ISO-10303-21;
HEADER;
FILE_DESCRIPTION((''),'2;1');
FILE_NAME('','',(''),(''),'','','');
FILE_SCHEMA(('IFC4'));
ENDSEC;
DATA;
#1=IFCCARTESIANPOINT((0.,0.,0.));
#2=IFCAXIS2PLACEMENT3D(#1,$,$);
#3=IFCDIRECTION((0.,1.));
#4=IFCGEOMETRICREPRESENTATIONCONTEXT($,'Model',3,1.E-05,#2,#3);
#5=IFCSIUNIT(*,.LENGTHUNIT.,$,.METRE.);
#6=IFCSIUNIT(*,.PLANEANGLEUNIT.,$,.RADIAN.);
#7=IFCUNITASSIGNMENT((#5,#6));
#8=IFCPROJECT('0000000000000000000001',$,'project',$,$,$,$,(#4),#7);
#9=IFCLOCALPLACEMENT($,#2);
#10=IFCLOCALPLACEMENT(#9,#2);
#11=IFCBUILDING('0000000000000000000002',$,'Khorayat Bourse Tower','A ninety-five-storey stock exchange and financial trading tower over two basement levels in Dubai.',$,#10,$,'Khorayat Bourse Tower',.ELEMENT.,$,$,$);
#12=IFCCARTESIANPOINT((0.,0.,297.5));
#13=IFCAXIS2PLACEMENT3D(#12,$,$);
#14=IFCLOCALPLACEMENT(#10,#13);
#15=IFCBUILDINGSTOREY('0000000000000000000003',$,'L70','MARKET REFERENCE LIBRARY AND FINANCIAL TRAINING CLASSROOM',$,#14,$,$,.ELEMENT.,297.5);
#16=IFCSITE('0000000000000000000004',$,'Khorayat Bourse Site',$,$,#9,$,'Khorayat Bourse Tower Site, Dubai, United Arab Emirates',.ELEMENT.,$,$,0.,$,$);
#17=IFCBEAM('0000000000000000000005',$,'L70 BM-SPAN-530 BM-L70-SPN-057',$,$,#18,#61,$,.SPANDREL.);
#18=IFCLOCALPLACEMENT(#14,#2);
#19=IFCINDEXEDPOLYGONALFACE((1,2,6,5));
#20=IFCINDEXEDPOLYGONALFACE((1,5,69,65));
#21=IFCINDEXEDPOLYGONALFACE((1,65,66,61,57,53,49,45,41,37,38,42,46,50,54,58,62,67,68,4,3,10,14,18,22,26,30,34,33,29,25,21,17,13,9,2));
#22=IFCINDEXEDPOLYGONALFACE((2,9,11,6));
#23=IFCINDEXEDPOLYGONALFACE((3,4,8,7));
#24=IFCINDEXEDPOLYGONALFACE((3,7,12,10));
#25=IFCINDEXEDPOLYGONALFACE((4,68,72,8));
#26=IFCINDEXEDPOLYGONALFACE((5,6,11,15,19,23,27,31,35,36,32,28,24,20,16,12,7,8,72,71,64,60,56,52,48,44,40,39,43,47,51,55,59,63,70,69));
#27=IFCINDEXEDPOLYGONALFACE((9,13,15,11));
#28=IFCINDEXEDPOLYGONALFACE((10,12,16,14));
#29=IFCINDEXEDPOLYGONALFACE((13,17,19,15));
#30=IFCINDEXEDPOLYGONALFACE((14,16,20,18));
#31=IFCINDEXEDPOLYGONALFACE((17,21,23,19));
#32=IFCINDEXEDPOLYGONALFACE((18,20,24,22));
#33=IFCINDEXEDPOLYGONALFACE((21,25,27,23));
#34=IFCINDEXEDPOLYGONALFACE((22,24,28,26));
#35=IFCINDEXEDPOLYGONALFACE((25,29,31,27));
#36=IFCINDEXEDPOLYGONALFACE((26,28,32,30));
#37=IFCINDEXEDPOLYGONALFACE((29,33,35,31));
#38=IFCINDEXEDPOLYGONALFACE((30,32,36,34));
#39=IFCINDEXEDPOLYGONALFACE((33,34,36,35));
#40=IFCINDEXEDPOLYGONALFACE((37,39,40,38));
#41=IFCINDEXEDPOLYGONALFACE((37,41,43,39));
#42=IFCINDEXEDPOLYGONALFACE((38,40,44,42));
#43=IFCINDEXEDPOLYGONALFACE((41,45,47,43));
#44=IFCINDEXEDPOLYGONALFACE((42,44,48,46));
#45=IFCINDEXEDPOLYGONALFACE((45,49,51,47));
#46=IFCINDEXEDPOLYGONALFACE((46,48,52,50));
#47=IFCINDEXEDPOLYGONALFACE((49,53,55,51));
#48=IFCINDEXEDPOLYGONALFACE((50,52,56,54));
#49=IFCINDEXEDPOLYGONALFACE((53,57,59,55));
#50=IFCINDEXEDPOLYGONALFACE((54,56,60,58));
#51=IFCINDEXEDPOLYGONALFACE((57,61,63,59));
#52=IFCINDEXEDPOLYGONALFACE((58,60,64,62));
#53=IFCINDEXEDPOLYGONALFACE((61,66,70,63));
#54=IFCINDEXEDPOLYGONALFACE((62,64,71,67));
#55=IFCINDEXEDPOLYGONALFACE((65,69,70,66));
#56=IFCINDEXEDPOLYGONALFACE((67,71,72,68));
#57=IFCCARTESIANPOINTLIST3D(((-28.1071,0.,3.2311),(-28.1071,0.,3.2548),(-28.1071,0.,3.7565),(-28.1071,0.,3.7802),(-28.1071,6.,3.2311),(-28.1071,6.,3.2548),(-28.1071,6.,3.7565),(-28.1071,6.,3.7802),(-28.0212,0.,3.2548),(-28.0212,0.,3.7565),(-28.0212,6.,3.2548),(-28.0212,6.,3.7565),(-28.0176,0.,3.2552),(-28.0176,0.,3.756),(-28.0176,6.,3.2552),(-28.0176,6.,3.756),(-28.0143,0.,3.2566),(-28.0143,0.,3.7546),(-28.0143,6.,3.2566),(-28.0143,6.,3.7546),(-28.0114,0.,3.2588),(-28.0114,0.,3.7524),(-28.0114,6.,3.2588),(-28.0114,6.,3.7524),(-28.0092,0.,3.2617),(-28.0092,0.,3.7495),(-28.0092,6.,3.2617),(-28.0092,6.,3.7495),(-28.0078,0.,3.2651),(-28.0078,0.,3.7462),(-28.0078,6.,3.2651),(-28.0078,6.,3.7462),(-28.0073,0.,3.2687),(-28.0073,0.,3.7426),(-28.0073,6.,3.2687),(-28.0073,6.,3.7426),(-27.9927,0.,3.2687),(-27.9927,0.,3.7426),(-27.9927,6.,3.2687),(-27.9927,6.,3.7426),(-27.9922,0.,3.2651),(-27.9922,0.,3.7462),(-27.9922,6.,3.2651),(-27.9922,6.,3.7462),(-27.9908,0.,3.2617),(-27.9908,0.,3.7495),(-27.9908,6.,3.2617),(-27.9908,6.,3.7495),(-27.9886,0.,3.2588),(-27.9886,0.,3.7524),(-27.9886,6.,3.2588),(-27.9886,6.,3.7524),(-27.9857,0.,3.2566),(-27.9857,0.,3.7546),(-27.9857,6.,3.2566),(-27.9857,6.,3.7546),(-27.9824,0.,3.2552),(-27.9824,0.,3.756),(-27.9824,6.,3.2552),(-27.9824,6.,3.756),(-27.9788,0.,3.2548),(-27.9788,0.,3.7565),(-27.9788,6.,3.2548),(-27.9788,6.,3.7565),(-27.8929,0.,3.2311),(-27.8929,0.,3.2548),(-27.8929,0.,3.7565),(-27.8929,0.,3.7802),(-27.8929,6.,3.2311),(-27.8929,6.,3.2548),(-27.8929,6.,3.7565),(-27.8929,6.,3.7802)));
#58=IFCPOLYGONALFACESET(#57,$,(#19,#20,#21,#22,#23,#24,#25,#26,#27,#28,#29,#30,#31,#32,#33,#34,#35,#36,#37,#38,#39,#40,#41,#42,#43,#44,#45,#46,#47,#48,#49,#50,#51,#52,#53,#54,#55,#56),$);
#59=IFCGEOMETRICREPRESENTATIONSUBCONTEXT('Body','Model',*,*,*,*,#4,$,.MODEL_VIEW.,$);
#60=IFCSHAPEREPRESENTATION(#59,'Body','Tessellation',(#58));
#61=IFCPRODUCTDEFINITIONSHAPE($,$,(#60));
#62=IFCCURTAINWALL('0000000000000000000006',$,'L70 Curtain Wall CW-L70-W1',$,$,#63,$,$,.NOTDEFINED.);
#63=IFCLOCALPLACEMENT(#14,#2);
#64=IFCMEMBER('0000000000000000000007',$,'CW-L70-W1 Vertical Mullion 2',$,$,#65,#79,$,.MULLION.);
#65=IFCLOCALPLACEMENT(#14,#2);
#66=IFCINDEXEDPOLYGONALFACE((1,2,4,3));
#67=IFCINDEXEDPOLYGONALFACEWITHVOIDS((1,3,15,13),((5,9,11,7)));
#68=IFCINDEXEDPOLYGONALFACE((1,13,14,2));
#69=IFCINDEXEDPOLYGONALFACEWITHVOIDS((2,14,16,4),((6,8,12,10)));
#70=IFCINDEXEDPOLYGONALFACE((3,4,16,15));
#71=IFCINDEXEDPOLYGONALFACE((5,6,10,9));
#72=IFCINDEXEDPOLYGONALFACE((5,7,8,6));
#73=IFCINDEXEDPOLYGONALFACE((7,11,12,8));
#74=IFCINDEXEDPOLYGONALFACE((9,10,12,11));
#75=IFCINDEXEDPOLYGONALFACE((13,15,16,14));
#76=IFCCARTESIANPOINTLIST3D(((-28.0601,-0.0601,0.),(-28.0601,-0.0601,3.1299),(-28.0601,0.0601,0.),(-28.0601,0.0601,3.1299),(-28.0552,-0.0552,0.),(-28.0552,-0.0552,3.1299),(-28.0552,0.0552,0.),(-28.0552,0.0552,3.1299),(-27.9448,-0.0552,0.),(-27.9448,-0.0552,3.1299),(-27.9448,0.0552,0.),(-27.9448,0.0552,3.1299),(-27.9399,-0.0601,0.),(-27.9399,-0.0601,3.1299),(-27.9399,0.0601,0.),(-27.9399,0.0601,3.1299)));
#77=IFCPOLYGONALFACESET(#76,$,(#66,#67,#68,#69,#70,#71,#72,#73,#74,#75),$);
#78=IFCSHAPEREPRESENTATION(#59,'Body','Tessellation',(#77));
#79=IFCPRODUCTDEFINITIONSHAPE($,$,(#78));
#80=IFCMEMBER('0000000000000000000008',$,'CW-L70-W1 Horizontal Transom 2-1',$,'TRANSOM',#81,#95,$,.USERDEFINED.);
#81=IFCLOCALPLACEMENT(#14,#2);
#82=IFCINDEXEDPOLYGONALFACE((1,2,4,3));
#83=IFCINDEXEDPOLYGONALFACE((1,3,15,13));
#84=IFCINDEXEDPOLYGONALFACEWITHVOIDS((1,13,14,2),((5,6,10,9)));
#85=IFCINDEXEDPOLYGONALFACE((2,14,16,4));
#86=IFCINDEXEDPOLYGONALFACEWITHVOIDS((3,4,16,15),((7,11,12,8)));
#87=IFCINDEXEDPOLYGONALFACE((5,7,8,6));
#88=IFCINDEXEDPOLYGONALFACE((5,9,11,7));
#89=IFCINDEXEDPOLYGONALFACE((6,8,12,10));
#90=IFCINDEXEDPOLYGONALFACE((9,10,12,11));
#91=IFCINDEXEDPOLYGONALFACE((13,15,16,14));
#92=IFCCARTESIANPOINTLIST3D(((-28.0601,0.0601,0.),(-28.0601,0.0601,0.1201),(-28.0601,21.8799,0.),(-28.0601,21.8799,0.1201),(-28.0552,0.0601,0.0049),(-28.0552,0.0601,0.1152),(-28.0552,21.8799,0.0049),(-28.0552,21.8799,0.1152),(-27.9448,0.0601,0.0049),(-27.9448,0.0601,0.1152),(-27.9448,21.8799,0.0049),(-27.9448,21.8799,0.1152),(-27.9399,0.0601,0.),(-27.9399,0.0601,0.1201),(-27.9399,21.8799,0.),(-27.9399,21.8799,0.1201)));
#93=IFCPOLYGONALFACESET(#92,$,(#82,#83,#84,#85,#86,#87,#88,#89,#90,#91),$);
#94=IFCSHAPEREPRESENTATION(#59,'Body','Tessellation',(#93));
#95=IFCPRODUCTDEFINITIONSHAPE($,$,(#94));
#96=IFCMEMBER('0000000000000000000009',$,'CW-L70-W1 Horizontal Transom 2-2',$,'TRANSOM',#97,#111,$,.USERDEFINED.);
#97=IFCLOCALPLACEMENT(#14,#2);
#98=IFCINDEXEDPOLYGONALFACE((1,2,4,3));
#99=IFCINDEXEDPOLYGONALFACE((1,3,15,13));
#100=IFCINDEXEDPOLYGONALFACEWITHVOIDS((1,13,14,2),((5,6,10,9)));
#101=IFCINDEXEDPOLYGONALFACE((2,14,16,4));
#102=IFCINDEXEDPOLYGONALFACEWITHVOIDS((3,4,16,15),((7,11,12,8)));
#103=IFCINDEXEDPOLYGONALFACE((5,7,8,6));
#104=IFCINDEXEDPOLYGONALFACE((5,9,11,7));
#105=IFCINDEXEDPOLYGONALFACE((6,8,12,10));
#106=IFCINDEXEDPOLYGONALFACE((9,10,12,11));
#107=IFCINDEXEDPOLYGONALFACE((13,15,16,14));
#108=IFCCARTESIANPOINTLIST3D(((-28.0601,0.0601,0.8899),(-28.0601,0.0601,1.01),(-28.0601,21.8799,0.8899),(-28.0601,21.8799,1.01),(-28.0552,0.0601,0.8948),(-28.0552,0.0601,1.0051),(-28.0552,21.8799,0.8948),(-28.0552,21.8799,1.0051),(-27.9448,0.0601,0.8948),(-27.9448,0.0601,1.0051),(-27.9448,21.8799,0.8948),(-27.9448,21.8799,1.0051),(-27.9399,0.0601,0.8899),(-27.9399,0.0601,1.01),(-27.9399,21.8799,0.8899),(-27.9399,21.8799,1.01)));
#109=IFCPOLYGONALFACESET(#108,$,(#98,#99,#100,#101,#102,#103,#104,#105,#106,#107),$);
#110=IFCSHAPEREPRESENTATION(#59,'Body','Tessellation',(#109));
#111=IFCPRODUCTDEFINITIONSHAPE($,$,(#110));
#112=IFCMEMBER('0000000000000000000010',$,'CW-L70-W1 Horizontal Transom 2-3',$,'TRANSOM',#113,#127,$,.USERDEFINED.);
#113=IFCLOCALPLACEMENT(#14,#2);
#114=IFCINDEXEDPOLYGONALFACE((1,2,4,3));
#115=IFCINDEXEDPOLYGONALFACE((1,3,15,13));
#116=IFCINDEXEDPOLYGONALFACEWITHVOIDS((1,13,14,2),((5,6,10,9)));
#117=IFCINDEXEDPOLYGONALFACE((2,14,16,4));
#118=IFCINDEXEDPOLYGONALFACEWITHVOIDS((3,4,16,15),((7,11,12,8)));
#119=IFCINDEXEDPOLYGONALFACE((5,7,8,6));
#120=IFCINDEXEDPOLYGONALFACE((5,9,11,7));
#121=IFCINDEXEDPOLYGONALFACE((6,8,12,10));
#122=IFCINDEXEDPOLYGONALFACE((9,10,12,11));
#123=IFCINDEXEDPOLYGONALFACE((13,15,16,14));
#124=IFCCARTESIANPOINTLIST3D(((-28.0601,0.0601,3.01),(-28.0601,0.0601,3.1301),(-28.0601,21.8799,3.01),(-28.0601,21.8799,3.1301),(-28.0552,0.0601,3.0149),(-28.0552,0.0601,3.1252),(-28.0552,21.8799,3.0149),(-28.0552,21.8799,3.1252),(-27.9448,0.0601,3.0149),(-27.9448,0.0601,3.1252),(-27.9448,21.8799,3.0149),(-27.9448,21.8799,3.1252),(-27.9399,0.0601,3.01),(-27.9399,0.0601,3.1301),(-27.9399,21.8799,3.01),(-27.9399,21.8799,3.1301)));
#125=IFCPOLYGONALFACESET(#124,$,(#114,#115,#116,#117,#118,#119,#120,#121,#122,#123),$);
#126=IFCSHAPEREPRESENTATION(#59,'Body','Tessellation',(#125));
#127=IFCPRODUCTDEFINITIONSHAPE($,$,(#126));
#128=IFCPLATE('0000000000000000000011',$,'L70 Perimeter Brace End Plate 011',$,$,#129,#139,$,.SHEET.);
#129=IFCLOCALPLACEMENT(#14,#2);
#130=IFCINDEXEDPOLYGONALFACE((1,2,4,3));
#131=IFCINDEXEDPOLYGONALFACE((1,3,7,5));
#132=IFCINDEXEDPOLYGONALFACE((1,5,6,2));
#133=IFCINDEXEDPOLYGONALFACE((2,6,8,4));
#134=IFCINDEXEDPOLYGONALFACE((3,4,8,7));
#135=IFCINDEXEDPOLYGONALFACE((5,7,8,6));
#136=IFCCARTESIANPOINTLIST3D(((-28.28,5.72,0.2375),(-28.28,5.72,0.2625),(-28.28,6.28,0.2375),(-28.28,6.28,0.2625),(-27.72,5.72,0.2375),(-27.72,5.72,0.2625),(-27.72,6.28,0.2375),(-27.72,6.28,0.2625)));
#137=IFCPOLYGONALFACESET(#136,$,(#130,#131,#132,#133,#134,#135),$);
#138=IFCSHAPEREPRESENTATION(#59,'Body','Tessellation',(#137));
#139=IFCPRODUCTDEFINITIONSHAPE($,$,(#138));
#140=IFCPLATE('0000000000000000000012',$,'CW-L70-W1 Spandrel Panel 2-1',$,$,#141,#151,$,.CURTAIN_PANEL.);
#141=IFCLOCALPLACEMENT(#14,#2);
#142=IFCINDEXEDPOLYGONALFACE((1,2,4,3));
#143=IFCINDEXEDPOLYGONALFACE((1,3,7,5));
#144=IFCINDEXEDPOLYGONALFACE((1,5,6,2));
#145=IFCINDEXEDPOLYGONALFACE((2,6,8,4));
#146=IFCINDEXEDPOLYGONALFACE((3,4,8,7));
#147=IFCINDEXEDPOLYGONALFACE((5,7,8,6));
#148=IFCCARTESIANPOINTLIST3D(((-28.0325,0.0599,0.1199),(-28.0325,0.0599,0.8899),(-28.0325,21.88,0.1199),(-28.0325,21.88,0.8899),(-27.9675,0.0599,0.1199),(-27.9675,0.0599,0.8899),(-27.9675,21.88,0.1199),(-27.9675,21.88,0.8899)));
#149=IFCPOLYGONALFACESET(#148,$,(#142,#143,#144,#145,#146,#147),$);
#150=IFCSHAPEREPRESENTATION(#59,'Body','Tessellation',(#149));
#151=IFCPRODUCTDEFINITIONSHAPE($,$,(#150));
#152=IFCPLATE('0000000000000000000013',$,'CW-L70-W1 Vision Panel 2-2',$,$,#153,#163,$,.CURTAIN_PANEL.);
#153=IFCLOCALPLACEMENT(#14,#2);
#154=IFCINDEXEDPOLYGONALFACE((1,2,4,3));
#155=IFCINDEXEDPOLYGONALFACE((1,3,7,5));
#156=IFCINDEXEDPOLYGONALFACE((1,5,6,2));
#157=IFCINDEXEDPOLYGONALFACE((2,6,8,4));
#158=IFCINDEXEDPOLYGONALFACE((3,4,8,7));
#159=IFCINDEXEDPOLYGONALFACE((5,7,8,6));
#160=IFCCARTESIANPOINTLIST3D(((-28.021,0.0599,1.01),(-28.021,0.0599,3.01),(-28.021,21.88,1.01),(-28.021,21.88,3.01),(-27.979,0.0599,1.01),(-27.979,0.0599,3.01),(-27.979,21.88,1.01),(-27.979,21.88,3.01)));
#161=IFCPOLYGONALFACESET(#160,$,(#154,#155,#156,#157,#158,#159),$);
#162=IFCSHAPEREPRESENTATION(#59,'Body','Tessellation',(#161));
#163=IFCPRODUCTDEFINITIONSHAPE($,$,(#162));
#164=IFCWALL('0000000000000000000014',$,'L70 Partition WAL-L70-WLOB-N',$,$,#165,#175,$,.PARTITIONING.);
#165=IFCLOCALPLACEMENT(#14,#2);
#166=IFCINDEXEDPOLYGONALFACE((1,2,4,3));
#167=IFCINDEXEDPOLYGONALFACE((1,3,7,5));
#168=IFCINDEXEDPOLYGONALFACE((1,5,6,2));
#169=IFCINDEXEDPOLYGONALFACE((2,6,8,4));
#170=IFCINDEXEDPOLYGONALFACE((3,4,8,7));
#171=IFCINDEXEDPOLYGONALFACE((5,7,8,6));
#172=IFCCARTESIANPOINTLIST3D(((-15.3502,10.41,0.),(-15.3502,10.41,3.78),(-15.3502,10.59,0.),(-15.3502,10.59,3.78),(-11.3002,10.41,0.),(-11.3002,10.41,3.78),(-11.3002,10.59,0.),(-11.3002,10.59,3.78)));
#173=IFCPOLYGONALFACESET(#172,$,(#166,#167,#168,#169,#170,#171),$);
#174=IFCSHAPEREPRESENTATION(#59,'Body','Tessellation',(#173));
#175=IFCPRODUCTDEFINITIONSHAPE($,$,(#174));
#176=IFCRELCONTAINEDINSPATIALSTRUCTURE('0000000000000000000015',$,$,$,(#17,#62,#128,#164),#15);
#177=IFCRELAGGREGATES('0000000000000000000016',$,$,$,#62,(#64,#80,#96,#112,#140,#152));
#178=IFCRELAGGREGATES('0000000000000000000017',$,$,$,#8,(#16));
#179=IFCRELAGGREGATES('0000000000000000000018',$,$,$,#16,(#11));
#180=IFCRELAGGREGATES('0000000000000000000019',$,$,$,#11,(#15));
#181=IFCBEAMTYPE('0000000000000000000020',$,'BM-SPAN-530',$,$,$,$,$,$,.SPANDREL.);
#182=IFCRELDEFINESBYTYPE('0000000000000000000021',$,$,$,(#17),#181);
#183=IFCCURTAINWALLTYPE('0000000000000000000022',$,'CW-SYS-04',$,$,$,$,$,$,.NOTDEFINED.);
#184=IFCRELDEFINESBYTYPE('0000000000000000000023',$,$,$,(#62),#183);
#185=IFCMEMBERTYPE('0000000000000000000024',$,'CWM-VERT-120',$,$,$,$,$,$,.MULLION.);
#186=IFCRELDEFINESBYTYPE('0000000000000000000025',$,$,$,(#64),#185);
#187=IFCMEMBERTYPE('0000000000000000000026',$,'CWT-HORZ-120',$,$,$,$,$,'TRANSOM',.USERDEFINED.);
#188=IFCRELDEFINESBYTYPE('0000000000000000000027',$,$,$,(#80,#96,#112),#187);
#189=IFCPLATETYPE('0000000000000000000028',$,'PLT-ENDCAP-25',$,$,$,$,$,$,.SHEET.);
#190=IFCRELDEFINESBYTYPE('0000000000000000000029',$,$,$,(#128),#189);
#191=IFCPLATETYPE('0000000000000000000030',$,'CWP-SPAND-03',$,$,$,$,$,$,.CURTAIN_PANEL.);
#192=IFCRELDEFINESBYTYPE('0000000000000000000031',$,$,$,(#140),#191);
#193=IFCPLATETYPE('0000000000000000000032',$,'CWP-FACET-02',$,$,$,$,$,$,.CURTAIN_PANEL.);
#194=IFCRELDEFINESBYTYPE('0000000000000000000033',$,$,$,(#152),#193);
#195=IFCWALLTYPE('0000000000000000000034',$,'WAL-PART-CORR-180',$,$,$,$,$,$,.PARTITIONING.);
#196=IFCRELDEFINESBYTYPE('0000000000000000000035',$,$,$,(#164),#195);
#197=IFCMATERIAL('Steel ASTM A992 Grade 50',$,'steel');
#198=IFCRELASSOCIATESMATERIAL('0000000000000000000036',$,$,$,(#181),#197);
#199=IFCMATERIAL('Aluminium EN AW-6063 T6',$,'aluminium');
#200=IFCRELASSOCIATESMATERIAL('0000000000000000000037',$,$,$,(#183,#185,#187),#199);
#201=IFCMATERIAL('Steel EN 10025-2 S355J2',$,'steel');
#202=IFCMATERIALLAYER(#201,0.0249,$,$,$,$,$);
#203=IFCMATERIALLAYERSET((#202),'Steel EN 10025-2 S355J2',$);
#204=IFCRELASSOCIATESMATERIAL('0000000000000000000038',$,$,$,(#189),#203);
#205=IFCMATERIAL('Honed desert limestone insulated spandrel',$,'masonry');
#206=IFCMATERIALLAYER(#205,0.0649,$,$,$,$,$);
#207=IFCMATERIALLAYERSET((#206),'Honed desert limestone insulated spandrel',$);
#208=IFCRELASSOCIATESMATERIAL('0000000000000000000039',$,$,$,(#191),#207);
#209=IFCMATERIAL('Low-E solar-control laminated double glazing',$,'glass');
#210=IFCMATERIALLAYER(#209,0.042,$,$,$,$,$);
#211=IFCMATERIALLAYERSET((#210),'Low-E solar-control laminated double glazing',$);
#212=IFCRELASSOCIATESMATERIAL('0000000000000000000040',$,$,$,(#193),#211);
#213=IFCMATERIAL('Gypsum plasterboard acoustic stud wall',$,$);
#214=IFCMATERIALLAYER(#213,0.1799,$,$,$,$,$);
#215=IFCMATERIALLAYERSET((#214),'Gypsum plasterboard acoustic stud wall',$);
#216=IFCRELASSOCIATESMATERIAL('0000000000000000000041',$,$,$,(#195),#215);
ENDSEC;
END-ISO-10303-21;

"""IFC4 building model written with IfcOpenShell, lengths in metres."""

from ifc_helpers import new_model, si_unit, direction, frame, frame_2d, origin, origin_2d, place, context, subcontext, project, spatial, rectangle, hollow_rectangle, i_section, extrude, source, transform, mapped, material, layer, layer_set, material_profile, profile_set, type_object, element, aggregate, save


model = new_model("IFC4")

# Units and contexts
model_context = context("Model", 3, precision=1e-05, world=origin(), true_north=direction((0.0, 1.0)))
body_context = subcontext(model_context, "Body", "Model", "MODEL_VIEW")
ifc_project = project(units=[si_unit("LENGTHUNIT", "METRE"), si_unit("PLANEANGLEUNIT", "RADIAN")], contexts=[model_context])

# Site, building, storey
site_placement = place(None, origin())
site = spatial("IfcSite", under=ifc_project, at=site_placement, Name="Khorayat Bourse Site", LongName="Khorayat Bourse Tower Site, Dubai, United Arab Emirates", CompositionType="ELEMENT", RefElevation=0.0)
building_placement = place(site_placement, origin())
building = spatial("IfcBuilding", under=site, at=building_placement, Name="Khorayat Bourse Tower", Description="A ninety-five-storey stock exchange and financial trading tower over two basement levels in Dubai.", LongName="Khorayat Bourse Tower", CompositionType="ELEMENT")
storey_placement = place(building_placement, frame((0.0, 0.0, 297.5)))
storey = spatial("IfcBuildingStorey", under=building, at=storey_placement, Name="L70", Description="MARKET REFERENCE LIBRARY AND FINANCIAL TRAINING CLASSROOM", CompositionType="ELEMENT", Elevation=297.5)

# Beam
ifc_material_1 = material(Name="Steel ASTM A992 Grade 50", Category="steel")
ifc_material_profile_1 = material_profile(ifc_material_1, i_section(OverallWidth=0.2141, OverallDepth=0.5491, WebThickness=0.0146, FlangeThickness=0.0237, FilletRadius=0.0139, at=origin_2d()), Name="W530X138")
ifc_profile_set_1 = profile_set([ifc_material_profile_1], Name="Steel ASTM A992 Grade 50")
beam_type_1 = type_object("IfcBeamType", Name="BM-SPAN-530", PredefinedType="SPANDREL", material=ifc_profile_set_1)
shared_shape_1 = source(origin(), body_context, "Body", "SweptSolid", [
    extrude(i_section(OverallWidth=0.2141, OverallDepth=0.5491, WebThickness=0.0146, FlangeThickness=0.0237, FilletRadius=0.0139, at=origin_2d()), origin(), (0.0, 0.0, 1.0), 6.0),
])
beam_1_placement = place(storey_placement, frame((-28.0, 0.0, 3.5056), z_axis=(0.0, 1.0, 0.0), x_axis=(-1.0, 0.0, 0.0)))
element("IfcBeam", 1, at=beam_1_placement, inside=storey, type_object=beam_type_1, Name="L70 BM-SPAN-530 BM-L70-SPN-057", PredefinedType="SPANDREL", context=body_context, shape_type="MappedRepresentation", body=[
    mapped(shared_shape_1, transform((0.0, 0.0, 0.0), scale=1.0)),
])

# Curtain wall, members
ifc_material_2 = material(Name="Aluminium EN AW-6063 T6", Category="aluminium")
curtain_wall_type = type_object("IfcCurtainWallType", Name="CW-SYS-04", PredefinedType="NOTDEFINED", material=ifc_material_2)
curtain_wall_placement = place(storey_placement, origin())
curtain_wall = element("IfcCurtainWall", 2, at=curtain_wall_placement, inside=storey, type_object=curtain_wall_type, Name="L70 Curtain Wall CW-L70-W1", PredefinedType="NOTDEFINED")
ifc_material_profile_2 = material_profile(ifc_material_2, hollow_rectangle(XDim=0.1201, YDim=0.1201, WallThickness=0.0049, at=origin_2d()), Name="ALU 120x120x5")
ifc_profile_set_2 = profile_set([ifc_material_profile_2], Name="Aluminium EN AW-6063 T6")
member_type_1 = type_object("IfcMemberType", Name="CWM-VERT-120", PredefinedType="MULLION", material=ifc_profile_set_2)
shared_shape_2 = source(origin(), body_context, "Body", "SweptSolid", [
    extrude(hollow_rectangle(XDim=0.1201, YDim=0.1201, WallThickness=0.0049, at=origin_2d()), origin(), (0.0, 0.0, 1.0), 3.1299),
])
member_1_placement = place(storey_placement, frame((-28.0, 0.0, 0.0), z_axis=(0.0, 0.0, 1.0), x_axis=(-1.0, 0.0, 0.0)))
member_1 = element("IfcMember", 3, at=member_1_placement, type_object=member_type_1, Name="CW-L70-W1 Vertical Mullion 2", PredefinedType="MULLION", context=body_context, shape_type="MappedRepresentation", body=[
    mapped(shared_shape_2, transform((0.0, 0.0, 0.0), scale=1.0)),
])
ifc_material_profile_3 = material_profile(ifc_material_2, hollow_rectangle(XDim=0.1201, YDim=0.1201, WallThickness=0.0049, at=origin_2d()), Name="ALU 120x120x5")
ifc_profile_set_3 = profile_set([ifc_material_profile_3], Name="Aluminium EN AW-6063 T6")
member_type_2 = type_object("IfcMemberType", Name="CWT-HORZ-120", ElementType="TRANSOM", PredefinedType="USERDEFINED", material=ifc_profile_set_3)
shared_shape_3 = source(origin(), body_context, "Body", "SweptSolid", [
    extrude(hollow_rectangle(XDim=0.1201, YDim=0.1201, WallThickness=0.0049, at=origin_2d()), origin(), (0.0, 0.0, 1.0), 21.8198),
])
member_2_placement = place(storey_placement, frame((-28.0, 0.0601, 0.0601), z_axis=(0.0, 1.0, 0.0), x_axis=(-1.0, 0.0, 0.0)))
member_2 = element("IfcMember", 4, at=member_2_placement, type_object=member_type_2, Name="CW-L70-W1 Horizontal Transom 2-1", ObjectType="TRANSOM", PredefinedType="USERDEFINED", context=body_context, shape_type="MappedRepresentation", body=[
    mapped(shared_shape_3, transform((0.0, 0.0, 0.0), scale=1.0)),
])
member_3_placement = place(storey_placement, frame((-28.0, 0.0601, 0.95), z_axis=(0.0, 1.0, 0.0), x_axis=(-1.0, 0.0, 0.0)))
member_3 = element("IfcMember", 5, at=member_3_placement, type_object=member_type_2, Name="CW-L70-W1 Horizontal Transom 2-2", ObjectType="TRANSOM", PredefinedType="USERDEFINED", context=body_context, shape_type="MappedRepresentation", body=[
    mapped(shared_shape_3, transform((0.0, 0.0, 0.0), scale=1.0)),
])
member_4_placement = place(storey_placement, frame((-28.0, 0.0601, 3.0701), z_axis=(0.0, 1.0, 0.0), x_axis=(-1.0, 0.0, 0.0)))
member_4 = element("IfcMember", 6, at=member_4_placement, type_object=member_type_2, Name="CW-L70-W1 Horizontal Transom 2-3", ObjectType="TRANSOM", PredefinedType="USERDEFINED", context=body_context, shape_type="MappedRepresentation", body=[
    mapped(shared_shape_3, transform((0.0, 0.0, 0.0), scale=1.0)),
])

# Plates
ifc_material_3 = material(Name="Steel EN 10025-2 S355J2", Category="steel")
ifc_layer_1 = layer(ifc_material_3, 0.0249)
ifc_layer_set_1 = layer_set([ifc_layer_1], Name="Steel EN 10025-2 S355J2")
plate_type_1 = type_object("IfcPlateType", Name="PLT-ENDCAP-25", PredefinedType="SHEET", material=ifc_layer_set_1)
shared_shape_4 = source(origin(), body_context, "Body", "SweptSolid", [
    extrude(rectangle(XDim=0.5601, YDim=0.5601, at=origin_2d()), origin(), (0.0, 0.0, 1.0), 0.0249),
])
plate_1_placement = place(storey_placement, frame((-28.0, 6.0, 0.2375), z_axis=(0.0, 0.0, 1.0), x_axis=(1.0, 0.0, 0.0)))
element("IfcPlate", 7, at=plate_1_placement, inside=storey, type_object=plate_type_1, Name="L70 Perimeter Brace End Plate 011", PredefinedType="SHEET", context=body_context, shape_type="MappedRepresentation", body=[
    mapped(shared_shape_4, transform((0.0, 0.0, 0.0), scale=1.0)),
])
ifc_material_4 = material(Name="Honed desert limestone insulated spandrel", Category="masonry")
ifc_layer_2 = layer(ifc_material_4, 0.0649)
ifc_layer_set_2 = layer_set([ifc_layer_2], Name="Honed desert limestone insulated spandrel")
plate_type_2 = type_object("IfcPlateType", Name="CWP-SPAND-03", PredefinedType="CURTAIN_PANEL", material=ifc_layer_set_2)
shared_shape_5 = source(origin(), body_context, "Body", "SweptSolid", [
    extrude(rectangle(XDim=21.8201, YDim=0.0649, at=origin_2d()), origin(), (0.0, 0.0, 1.0), 0.77),
])
plate_2_placement = place(storey_placement, frame((-28.0, 10.97, 0.1199), z_axis=(0.0, 0.0, 1.0), x_axis=(0.0, 1.0, 0.0)))
plate_2 = element("IfcPlate", 8, at=plate_2_placement, type_object=plate_type_2, Name="CW-L70-W1 Spandrel Panel 2-1", PredefinedType="CURTAIN_PANEL", context=body_context, shape_type="MappedRepresentation", body=[
    mapped(shared_shape_5, transform((0.0, 0.0, 0.0), scale=1.0)),
])
ifc_material_5 = material(Name="Low-E solar-control laminated double glazing", Category="glass")
ifc_layer_3 = layer(ifc_material_5, 0.042)
ifc_layer_set_3 = layer_set([ifc_layer_3], Name="Low-E solar-control laminated double glazing")
plate_type_3 = type_object("IfcPlateType", Name="CWP-FACET-02", PredefinedType="CURTAIN_PANEL", material=ifc_layer_set_3)
shared_shape_6 = source(origin(), body_context, "Body", "SweptSolid", [
    extrude(rectangle(XDim=21.8201, YDim=0.042, at=origin_2d()), origin(), (0.0, 0.0, 1.0), 2.0),
])
plate_3_placement = place(storey_placement, frame((-28.0, 10.97, 1.01), z_axis=(0.0, 0.0, 1.0), x_axis=(0.0, 1.0, 0.0)))
plate_3 = element("IfcPlate", 9, at=plate_3_placement, type_object=plate_type_3, Name="CW-L70-W1 Vision Panel 2-2", PredefinedType="CURTAIN_PANEL", context=body_context, shape_type="MappedRepresentation", body=[
    mapped(shared_shape_6, transform((0.0, 0.0, 0.0), scale=1.0)),
])
aggregate(curtain_wall, [member_1, member_2, member_3, member_4, plate_2, plate_3])

# Wall
ifc_material_6 = material(Name="Gypsum plasterboard acoustic stud wall")
ifc_layer_4 = layer(ifc_material_6, 0.1799)
ifc_layer_set_4 = layer_set([ifc_layer_4], Name="Gypsum plasterboard acoustic stud wall")
wall_type_1 = type_object("IfcWallType", Name="WAL-PART-CORR-180", PredefinedType="PARTITIONING", material=ifc_layer_set_4)
shared_shape_7 = source(origin(), body_context, "Body", "SweptSolid", [
    extrude(rectangle(XDim=4.05, YDim=0.1799, at=frame_2d((2.0249, 0.0))), origin(), (0.0, 0.0, 1.0), 3.78),
])
wall_1_placement = place(storey_placement, frame((-15.3501, 10.5, 0.0), z_axis=(0.0, 0.0, 1.0), x_axis=(1.0, 0.0, 0.0)))
element("IfcWall", 10, at=wall_1_placement, inside=storey, type_object=wall_type_1, Name="L70 Partition WAL-L70-WLOB-N", PredefinedType="PARTITIONING", context=body_context, shape_type="MappedRepresentation", body=[
    mapped(shared_shape_7, transform((0.0, 0.0, 0.0), scale=1.0)),
])

save(model, "model.ifc")
